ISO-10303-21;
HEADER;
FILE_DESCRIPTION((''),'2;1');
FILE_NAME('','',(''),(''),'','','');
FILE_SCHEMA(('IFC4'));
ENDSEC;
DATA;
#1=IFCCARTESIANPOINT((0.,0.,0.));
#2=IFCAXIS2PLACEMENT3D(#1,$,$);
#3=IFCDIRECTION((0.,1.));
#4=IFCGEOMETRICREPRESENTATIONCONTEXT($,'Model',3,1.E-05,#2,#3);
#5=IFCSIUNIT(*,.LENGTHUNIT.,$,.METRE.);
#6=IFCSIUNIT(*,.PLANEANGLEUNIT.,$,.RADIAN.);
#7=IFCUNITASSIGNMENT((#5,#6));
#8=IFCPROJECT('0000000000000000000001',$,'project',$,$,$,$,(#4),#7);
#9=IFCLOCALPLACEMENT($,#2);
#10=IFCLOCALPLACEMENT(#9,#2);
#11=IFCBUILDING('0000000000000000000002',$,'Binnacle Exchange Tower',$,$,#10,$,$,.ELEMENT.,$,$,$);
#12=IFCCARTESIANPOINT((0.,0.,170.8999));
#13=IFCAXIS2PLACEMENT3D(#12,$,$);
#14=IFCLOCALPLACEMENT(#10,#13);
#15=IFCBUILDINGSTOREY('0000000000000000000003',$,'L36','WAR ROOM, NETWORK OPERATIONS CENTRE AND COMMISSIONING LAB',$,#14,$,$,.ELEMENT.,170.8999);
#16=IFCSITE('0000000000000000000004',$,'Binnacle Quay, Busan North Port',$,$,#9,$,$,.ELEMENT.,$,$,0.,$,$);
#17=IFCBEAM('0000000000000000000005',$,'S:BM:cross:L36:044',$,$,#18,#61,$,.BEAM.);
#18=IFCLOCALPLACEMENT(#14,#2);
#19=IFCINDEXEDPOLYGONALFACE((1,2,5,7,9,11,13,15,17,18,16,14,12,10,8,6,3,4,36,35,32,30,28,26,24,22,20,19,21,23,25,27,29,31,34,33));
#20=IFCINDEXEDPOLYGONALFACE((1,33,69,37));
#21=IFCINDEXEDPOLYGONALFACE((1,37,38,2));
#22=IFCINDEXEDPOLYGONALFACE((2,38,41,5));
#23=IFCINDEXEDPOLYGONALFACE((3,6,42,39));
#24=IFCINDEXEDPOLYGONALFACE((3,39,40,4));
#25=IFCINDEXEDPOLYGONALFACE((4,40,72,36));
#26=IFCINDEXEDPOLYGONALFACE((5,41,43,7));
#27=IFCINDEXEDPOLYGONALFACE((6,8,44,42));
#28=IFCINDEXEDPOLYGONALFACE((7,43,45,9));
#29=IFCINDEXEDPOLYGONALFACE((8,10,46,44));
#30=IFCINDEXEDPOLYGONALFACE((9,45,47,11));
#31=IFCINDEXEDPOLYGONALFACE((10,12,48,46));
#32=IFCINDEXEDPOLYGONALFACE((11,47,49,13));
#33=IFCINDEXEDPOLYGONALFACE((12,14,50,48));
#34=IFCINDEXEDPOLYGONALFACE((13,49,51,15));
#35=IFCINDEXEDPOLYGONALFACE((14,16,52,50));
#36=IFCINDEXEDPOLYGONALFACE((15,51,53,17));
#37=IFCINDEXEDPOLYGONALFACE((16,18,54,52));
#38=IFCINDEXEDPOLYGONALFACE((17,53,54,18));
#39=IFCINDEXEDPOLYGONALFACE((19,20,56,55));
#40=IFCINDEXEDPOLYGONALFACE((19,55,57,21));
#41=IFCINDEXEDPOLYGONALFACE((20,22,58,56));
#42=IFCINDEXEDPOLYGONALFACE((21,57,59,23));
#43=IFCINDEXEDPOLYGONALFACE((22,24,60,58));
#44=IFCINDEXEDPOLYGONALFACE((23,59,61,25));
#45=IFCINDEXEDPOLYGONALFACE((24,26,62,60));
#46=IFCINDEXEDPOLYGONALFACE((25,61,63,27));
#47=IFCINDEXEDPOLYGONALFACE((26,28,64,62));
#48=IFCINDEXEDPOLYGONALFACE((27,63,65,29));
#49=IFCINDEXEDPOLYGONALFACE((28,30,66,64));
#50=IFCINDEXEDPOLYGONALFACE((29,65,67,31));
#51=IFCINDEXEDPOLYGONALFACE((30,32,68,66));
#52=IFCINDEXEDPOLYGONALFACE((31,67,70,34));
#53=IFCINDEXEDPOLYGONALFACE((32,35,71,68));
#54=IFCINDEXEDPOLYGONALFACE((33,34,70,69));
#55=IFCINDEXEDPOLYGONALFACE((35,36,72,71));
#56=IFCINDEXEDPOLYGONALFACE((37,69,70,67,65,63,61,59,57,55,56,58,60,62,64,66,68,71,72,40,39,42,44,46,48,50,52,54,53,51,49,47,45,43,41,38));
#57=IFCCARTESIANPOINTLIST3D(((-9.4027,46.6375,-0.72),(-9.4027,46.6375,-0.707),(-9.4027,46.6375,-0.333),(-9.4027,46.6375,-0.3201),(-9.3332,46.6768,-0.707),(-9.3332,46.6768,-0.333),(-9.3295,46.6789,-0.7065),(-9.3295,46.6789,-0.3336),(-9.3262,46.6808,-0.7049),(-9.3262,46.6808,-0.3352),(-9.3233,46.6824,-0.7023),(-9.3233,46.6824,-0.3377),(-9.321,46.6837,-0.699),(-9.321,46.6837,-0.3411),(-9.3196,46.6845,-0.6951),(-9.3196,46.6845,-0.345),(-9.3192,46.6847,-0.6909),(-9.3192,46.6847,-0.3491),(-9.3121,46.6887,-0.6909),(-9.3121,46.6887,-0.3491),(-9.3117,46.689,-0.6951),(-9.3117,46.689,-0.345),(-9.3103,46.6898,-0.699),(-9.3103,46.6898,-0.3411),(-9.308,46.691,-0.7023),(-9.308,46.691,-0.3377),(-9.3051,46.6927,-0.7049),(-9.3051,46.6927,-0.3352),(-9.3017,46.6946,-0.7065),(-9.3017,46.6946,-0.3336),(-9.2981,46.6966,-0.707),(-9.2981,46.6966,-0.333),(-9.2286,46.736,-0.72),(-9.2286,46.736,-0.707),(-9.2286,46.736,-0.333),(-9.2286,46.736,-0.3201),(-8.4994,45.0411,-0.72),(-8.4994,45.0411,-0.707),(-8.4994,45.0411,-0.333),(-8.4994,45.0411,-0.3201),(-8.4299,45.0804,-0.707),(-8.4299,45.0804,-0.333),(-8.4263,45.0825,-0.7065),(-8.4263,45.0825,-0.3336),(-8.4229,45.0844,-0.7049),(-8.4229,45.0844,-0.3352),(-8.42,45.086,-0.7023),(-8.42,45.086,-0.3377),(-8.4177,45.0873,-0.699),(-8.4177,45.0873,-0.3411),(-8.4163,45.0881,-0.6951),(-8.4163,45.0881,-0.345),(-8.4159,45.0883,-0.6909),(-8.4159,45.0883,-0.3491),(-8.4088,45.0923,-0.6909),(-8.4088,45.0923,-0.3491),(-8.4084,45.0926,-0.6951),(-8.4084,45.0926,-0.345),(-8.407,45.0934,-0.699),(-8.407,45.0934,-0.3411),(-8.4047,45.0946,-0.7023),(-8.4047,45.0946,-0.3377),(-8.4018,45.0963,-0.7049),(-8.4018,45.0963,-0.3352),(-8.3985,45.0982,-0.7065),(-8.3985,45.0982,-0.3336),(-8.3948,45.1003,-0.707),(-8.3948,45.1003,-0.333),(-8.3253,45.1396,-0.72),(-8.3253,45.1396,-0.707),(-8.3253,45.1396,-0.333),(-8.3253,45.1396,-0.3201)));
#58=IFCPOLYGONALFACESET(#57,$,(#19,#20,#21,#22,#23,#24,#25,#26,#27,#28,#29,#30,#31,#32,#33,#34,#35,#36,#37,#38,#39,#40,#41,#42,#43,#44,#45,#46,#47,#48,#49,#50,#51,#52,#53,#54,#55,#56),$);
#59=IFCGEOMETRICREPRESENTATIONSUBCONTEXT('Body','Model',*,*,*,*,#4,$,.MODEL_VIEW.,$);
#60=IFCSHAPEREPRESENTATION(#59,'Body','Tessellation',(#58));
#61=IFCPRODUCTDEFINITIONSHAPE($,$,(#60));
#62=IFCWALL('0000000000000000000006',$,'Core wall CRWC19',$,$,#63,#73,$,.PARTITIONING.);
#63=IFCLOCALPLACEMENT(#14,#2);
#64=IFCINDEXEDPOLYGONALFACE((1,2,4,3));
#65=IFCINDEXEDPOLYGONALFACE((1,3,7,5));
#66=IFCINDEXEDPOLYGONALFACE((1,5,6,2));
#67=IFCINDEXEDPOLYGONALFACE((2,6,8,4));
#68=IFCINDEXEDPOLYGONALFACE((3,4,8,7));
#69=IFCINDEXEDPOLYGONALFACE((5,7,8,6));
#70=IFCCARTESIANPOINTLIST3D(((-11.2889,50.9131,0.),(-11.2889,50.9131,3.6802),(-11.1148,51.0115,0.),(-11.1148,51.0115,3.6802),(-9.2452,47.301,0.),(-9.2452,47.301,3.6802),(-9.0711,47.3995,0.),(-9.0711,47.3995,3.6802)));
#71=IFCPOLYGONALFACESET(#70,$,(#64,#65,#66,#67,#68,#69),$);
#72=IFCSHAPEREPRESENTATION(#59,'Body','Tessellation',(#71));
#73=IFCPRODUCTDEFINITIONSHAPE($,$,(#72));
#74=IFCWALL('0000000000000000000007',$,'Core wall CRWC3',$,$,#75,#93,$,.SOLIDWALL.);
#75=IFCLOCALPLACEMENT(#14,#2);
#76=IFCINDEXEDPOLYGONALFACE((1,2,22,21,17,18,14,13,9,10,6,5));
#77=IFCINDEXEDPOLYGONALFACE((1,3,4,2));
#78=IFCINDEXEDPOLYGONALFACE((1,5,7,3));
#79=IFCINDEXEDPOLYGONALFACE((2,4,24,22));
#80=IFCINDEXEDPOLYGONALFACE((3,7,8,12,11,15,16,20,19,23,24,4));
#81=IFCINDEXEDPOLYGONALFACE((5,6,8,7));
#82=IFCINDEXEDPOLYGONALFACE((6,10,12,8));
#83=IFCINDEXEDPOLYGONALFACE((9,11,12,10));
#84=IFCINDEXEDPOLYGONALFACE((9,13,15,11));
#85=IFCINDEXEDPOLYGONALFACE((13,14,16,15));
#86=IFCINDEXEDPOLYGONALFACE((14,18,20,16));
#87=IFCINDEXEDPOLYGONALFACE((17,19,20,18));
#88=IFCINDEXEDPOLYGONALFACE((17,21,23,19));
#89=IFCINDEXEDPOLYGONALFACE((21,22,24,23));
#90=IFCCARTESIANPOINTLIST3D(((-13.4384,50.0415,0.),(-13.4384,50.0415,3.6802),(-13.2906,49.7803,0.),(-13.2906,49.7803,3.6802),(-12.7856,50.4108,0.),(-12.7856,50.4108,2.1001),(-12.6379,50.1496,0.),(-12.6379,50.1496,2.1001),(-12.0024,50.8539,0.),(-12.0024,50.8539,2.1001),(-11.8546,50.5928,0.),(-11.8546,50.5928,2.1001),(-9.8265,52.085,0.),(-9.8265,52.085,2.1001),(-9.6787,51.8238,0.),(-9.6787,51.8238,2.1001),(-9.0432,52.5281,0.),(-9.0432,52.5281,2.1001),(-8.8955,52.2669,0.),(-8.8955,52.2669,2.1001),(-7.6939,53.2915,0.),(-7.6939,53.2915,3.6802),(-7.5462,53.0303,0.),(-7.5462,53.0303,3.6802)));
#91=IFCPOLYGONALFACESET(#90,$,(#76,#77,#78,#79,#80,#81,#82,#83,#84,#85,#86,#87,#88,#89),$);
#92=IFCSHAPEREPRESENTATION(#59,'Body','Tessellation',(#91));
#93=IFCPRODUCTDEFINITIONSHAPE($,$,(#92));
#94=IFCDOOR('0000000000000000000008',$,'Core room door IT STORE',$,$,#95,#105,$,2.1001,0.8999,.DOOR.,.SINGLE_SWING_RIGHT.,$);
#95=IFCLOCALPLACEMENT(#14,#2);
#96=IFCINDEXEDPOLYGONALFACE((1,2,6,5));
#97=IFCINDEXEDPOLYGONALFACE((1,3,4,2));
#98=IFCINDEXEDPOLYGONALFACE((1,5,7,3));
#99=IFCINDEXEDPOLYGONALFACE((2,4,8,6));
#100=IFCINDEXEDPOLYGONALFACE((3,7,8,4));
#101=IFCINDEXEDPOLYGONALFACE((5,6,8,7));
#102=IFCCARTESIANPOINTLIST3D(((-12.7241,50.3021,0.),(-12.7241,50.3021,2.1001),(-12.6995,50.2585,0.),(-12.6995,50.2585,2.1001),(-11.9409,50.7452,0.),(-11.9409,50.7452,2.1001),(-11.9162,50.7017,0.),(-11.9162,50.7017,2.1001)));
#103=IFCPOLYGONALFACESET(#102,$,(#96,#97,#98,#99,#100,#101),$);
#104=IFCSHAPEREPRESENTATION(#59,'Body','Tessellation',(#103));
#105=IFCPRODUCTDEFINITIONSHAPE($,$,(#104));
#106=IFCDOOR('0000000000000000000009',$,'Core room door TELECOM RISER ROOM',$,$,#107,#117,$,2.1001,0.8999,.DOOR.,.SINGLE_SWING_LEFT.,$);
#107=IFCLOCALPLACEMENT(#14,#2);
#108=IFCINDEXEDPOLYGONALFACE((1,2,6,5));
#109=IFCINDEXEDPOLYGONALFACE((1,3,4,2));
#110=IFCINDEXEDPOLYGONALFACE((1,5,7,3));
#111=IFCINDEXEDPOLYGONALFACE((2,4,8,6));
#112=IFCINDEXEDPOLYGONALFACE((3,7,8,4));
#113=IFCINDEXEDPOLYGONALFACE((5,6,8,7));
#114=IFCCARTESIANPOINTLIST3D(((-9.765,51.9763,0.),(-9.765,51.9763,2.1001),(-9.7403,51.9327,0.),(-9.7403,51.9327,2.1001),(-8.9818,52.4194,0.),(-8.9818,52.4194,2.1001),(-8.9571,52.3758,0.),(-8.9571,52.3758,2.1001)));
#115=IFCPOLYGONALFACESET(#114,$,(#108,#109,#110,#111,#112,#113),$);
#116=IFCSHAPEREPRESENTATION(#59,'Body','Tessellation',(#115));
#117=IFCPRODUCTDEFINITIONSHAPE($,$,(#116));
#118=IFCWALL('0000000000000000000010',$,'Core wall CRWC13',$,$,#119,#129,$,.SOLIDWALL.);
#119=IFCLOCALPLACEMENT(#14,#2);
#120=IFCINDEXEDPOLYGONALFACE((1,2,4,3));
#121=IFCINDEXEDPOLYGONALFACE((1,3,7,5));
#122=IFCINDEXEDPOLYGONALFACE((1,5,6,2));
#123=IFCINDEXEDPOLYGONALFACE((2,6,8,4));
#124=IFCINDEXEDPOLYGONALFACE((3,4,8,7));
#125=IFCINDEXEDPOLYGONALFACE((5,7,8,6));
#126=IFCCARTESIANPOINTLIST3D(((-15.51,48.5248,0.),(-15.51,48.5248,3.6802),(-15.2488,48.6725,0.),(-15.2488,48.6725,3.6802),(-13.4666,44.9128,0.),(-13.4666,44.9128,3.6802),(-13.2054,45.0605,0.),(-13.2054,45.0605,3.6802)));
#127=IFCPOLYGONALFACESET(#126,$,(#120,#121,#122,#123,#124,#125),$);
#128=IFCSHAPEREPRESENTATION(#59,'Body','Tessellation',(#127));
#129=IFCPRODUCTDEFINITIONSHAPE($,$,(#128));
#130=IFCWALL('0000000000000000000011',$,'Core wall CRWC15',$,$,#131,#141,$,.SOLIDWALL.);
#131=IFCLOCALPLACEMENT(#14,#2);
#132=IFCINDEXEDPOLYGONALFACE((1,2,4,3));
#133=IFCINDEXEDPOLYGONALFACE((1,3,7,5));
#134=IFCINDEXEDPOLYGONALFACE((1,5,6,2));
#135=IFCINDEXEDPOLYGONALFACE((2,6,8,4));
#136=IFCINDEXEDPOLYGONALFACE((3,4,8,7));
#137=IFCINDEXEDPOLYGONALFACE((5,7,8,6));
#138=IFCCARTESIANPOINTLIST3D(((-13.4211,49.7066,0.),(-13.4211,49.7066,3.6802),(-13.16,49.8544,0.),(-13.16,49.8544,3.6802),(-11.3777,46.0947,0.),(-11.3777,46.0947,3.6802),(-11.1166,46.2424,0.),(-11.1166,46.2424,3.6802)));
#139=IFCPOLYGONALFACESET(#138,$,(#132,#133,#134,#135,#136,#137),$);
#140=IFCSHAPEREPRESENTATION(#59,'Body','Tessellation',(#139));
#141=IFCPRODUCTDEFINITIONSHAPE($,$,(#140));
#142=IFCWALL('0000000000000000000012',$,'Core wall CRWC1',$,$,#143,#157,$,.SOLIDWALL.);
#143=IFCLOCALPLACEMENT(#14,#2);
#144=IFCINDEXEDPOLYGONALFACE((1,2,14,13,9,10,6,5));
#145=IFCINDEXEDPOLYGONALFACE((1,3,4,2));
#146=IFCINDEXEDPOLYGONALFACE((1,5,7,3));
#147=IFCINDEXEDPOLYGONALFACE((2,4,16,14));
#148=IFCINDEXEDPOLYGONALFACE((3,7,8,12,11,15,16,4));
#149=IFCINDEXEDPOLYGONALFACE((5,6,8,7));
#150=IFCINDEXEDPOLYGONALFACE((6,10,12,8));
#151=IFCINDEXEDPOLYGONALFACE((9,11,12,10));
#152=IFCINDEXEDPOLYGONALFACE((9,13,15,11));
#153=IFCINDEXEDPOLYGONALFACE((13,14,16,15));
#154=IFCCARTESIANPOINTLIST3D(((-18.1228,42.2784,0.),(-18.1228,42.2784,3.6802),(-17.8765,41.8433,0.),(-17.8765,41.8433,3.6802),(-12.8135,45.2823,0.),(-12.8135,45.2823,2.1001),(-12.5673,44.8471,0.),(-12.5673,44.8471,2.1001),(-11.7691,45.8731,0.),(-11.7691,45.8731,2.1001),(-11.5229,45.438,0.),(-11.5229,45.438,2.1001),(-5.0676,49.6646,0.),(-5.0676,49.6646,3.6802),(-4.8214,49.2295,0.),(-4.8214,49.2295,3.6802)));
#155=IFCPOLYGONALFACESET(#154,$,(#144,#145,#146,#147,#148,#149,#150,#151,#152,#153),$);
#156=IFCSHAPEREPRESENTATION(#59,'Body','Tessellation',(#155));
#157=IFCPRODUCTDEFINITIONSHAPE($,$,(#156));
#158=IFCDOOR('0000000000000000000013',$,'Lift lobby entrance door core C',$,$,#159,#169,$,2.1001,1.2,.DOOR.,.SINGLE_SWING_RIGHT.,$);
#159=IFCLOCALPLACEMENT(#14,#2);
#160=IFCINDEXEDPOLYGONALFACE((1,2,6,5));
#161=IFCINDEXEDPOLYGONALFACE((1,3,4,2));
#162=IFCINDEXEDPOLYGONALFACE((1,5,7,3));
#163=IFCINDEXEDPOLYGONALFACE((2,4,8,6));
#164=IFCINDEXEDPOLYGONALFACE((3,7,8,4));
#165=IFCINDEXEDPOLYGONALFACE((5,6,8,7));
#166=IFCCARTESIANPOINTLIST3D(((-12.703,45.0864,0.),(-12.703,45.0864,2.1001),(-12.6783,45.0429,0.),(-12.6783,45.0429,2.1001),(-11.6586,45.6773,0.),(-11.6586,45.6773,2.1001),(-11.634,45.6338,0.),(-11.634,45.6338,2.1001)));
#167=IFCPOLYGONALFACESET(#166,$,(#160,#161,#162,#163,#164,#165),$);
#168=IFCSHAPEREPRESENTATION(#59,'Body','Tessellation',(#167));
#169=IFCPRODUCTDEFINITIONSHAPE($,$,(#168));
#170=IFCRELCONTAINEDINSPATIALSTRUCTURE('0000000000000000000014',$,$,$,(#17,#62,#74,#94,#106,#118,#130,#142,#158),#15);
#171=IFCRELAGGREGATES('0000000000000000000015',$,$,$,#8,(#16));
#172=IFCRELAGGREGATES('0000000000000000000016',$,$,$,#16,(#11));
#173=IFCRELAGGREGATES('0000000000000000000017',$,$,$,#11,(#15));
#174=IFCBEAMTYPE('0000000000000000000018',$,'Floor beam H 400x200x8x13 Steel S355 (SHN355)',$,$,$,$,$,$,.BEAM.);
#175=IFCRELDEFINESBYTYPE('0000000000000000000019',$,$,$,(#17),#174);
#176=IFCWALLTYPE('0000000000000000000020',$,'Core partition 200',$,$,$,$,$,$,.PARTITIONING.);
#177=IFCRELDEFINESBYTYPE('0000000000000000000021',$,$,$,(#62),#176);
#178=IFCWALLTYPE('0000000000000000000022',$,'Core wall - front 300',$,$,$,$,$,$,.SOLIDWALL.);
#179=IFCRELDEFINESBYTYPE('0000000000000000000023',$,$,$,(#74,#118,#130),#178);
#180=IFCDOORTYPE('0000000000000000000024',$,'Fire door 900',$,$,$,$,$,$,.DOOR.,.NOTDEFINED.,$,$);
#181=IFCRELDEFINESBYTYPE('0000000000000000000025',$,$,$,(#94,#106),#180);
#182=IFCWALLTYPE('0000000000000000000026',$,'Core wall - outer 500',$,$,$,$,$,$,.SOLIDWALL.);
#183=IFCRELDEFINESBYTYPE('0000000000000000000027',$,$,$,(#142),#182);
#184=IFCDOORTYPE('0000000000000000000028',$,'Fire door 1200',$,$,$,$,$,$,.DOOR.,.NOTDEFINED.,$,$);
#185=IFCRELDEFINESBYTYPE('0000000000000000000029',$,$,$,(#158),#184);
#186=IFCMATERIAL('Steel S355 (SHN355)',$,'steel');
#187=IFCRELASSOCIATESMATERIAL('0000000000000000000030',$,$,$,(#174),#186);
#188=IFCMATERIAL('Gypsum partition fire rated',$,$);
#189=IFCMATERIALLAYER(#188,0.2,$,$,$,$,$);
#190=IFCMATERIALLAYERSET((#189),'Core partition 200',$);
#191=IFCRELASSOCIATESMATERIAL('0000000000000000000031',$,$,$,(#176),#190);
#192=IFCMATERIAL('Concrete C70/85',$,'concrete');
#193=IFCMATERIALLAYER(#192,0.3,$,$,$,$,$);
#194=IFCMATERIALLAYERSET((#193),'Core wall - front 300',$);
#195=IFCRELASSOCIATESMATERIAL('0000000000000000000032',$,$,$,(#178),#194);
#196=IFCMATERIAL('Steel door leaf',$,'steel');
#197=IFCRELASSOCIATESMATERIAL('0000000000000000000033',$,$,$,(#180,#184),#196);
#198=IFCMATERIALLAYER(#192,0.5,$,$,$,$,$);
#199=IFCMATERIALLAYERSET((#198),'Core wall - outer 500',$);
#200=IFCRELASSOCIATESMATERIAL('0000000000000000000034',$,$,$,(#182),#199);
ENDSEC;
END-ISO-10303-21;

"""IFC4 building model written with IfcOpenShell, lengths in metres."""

from ifc_helpers import new_model, si_unit, direction, frame, frame_2d, origin, origin_2d, place, context, subcontext, project, spatial, rectangle, i_section, extrude, material, layer, layer_set, material_profile, profile_set, type_object, element, fill, save


model = new_model("IFC4")

# Units and contexts
model_context = context("Model", 3, precision=1e-05, world=origin(), true_north=direction((0.0, 1.0)))
body_context = subcontext(model_context, "Body", "Model", "MODEL_VIEW")
ifc_project = project(units=[si_unit("LENGTHUNIT", "METRE"), si_unit("PLANEANGLEUNIT", "RADIAN")], contexts=[model_context])

# Site, building, storey
site_placement = place(None, origin())
site = spatial("IfcSite", under=ifc_project, at=site_placement, Name="Binnacle Quay, Busan North Port", CompositionType="ELEMENT", RefElevation=0.0)
building_placement = place(site_placement, origin())
building = spatial("IfcBuilding", under=site, at=building_placement, Name="Binnacle Exchange Tower", CompositionType="ELEMENT")
storey_placement = place(building_placement, frame((0.0, 0.0, 170.8999)))
storey = spatial("IfcBuildingStorey", under=building, at=storey_placement, Name="L36", Description="WAR ROOM, NETWORK OPERATIONS CENTRE AND COMMISSIONING LAB", CompositionType="ELEMENT", Elevation=170.8999)

# Beam
ifc_material_1 = material(Name="Steel S355 (SHN355)", Category="steel")
ifc_material_profile = material_profile(ifc_material_1, i_section(OverallWidth=0.2, OverallDepth=0.3999, WebThickness=0.0081, FlangeThickness=0.0129, FilletRadius=0.0161, at=origin_2d()), Name="H 400x200x8x13")
ifc_profile_set = profile_set([ifc_material_profile], Name="Steel S355 (SHN355)")
beam_type = type_object("IfcBeamType", Name="Floor beam H 400x200x8x13 Steel S355 (SHN355)", PredefinedType="BEAM", material=ifc_profile_set)
beam_placement = place(storey_placement, frame((-8.4124, 45.0903, -0.52), z_axis=(-0.492465, 0.870332, 0.0), x_axis=(-0.870332, -0.492465, 0.0)))
element("IfcBeam", 1, at=beam_placement, inside=storey, type_object=beam_type, Name="S:BM:cross:L36:044", PredefinedType="BEAM", context=body_context, shape_type="SweptSolid", body=[
    extrude(i_section(OverallWidth=0.2, OverallDepth=0.3999, WebThickness=0.0081, FlangeThickness=0.0129, FilletRadius=0.0161, at=origin_2d()), origin(), (0.0, 0.0, 1.0), 1.8342),
])

# Wall
ifc_material_2 = material(Name="Gypsum partition fire rated")
ifc_layer_1 = layer(ifc_material_2, 0.2)
ifc_layer_set_1 = layer_set([ifc_layer_1], Name="Core partition 200")
wall_type_1 = type_object("IfcWallType", Name="Core partition 200", PredefinedType="PARTITIONING", material=ifc_layer_set_1)
wall_1_placement = place(storey_placement, frame((-11.2019, 50.9624, 0.0), z_axis=(0.0, 0.0, 1.0), x_axis=(0.492441, -0.870346, 0.0)))
element("IfcWall", 2, at=wall_1_placement, inside=storey, type_object=wall_type_1, Name="Core wall CRWC19", PredefinedType="PARTITIONING", context=body_context, shape_type="SweptSolid", body=[
    extrude(rectangle(XDim=4.1501, YDim=0.2, at=frame_2d((2.0752, 0.0))), origin(), (0.0, 0.0, 1.0), 3.6802),
])

# Wall, openings, doors
ifc_material_3 = material(Name="Concrete C70/85", Category="concrete")
ifc_layer_2 = layer(ifc_material_3, 0.3)
ifc_layer_set_2 = layer_set([ifc_layer_2], Name="Core wall - front 300")
wall_type_2 = type_object("IfcWallType", Name="Core wall - front 300", PredefinedType="SOLIDWALL", material=ifc_layer_set_2)
wall_2_placement = place(storey_placement, frame((-13.3645, 49.9109, 0.0), z_axis=(0.0, 0.0, 1.0), x_axis=(0.870357, 0.492422, 0.0)))
wall_2 = element("IfcWall", 3, at=wall_2_placement, inside=storey, type_object=wall_type_2, Name="Core wall CRWC3", PredefinedType="SOLIDWALL", context=body_context, shape_type="SweptSolid", body=[
    extrude(rectangle(XDim=6.6001, YDim=0.3, at=frame_2d((3.3, 0.0))), origin(), (0.0, 0.0, 1.0), 3.6802),
])
opening_1_placement = place(wall_2_placement, frame((0.75, 0.0, 0.0)))
opening_1 = element("IfcOpeningElement", 4, at=opening_1_placement, cuts=wall_2, PredefinedType="OPENING", context=body_context, shape_type="SweptSolid", body=[
    extrude(rectangle(XDim=0.8999, YDim=2.1001, at=frame_2d((0.45, 1.05))), frame((0.0, 0.1599, 0.0), z_axis=(0.0, -1.0, 0.0), x_axis=(1.0, 0.0, 0.0)), (0.0, 0.0, 1.0), 0.3201),
])
opening_2_placement = place(wall_2_placement, frame((4.1499, 0.0, 0.0)))
opening_2 = element("IfcOpeningElement", 5, at=opening_2_placement, cuts=wall_2, PredefinedType="OPENING", context=body_context, shape_type="SweptSolid", body=[
    extrude(rectangle(XDim=0.8999, YDim=2.1001, at=frame_2d((0.45, 1.05))), frame((0.0, 0.1599, 0.0), z_axis=(0.0, -1.0, 0.0), x_axis=(1.0, 0.0, 0.0)), (0.0, 0.0, 1.0), 0.3201),
])
ifc_material_4 = material(Name="Steel door leaf", Category="steel")
door_type_1 = type_object("IfcDoorType", Name="Fire door 900", OperationType="NOTDEFINED", PredefinedType="DOOR", material=ifc_material_4)
door_1_placement = place(opening_1_placement, frame((0.8999, 0.0, 0.0), z_axis=(0.0, 0.0, 1.0), x_axis=(-1.0, 0.0, 0.0)))
door_1 = element("IfcDoor", 6, at=door_1_placement, inside=storey, type_object=door_type_1, Name="Core room door IT STORE", OperationType="SINGLE_SWING_RIGHT", OverallHeight=2.1001, OverallWidth=0.8999, PredefinedType="DOOR", context=body_context, shape_type="SweptSolid", body=[
    extrude(rectangle(XDim=0.8999, YDim=2.1001, at=frame_2d((0.45, 1.05))), frame((0.0, 0.0249, 0.0), z_axis=(0.0, -1.0, 0.0), x_axis=(1.0, 0.0, 0.0)), (0.0, 0.0, 1.0), 0.05),
])
fill(opening_1, door_1)
door_2_placement = place(opening_2_placement, frame((0.8999, 0.0, 0.0), z_axis=(0.0, 0.0, 1.0), x_axis=(-1.0, 0.0, 0.0)))
door_2 = element("IfcDoor", 7, at=door_2_placement, inside=storey, type_object=door_type_1, Name="Core room door TELECOM RISER ROOM", OperationType="SINGLE_SWING_LEFT", OverallHeight=2.1001, OverallWidth=0.8999, PredefinedType="DOOR", context=body_context, shape_type="SweptSolid", body=[
    extrude(rectangle(XDim=0.8999, YDim=2.1001, at=frame_2d((0.45, 1.05))), frame((0.0, 0.0249, 0.0), z_axis=(0.0, -1.0, 0.0), x_axis=(1.0, 0.0, 0.0)), (0.0, 0.0, 1.0), 0.05),
])
fill(opening_2, door_2)

# Walls
for number, where, z_axis, x_axis, name in (
    (8, (-15.3794, 48.5986, 0.0), (0.0, 0.0, 1.0), (0.492396, -0.870371, 0.0), "Core wall CRWC13"),
    (9, (-13.2905, 49.7805, 0.0), (0.0, 0.0, 1.0), (0.492396, -0.870371, 0.0), "Core wall CRWC15"),
):
    element("IfcWall", number, at=place(storey_placement, frame(where, z_axis=z_axis, x_axis=x_axis)), inside=storey, type_object=wall_type_2, Name=name, PredefinedType="SOLIDWALL", context=body_context, shape_type="SweptSolid", body=[
        extrude(rectangle(XDim=4.1499, YDim=0.3, at=frame_2d((2.075, 0.0))), origin(), (0.0, 0.0, 1.0), 3.6802),
    ])

# Wall, opening, door
ifc_layer_3 = layer(ifc_material_3, 0.5)
ifc_layer_set_3 = layer_set([ifc_layer_3], Name="Core wall - outer 500")
wall_type_3 = type_object("IfcWallType", Name="Core wall - outer 500", PredefinedType="SOLIDWALL", material=ifc_layer_set_3)
wall_3_placement = place(storey_placement, frame((-17.9998, 42.0608, 0.0), z_axis=(0.0, 0.0, 1.0), x_axis=(0.870357, 0.492422, 0.0)))
wall_3 = element("IfcWall", 10, at=wall_3_placement, inside=storey, type_object=wall_type_3, Name="Core wall CRWC1", PredefinedType="SOLIDWALL", context=body_context, shape_type="SweptSolid", body=[
    extrude(rectangle(XDim=14.9998, YDim=0.5, at=frame_2d((7.5, 0.0))), origin(), (0.0, 0.0, 1.0), 3.6802),
])
opening_3_placement = place(wall_3_placement, frame((6.1001, 0.0, 0.0)))
opening_3 = element("IfcOpeningElement", 11, at=opening_3_placement, cuts=wall_3, PredefinedType="OPENING", context=body_context, shape_type="SweptSolid", body=[
    extrude(rectangle(XDim=1.2, YDim=2.1001, at=frame_2d((0.6001, 1.05))), frame((0.0, 0.26, 0.0), z_axis=(0.0, -1.0, 0.0), x_axis=(1.0, 0.0, 0.0)), (0.0, 0.0, 1.0), 0.52),
])
door_type_2 = type_object("IfcDoorType", Name="Fire door 1200", OperationType="NOTDEFINED", PredefinedType="DOOR", material=ifc_material_4)
door_3_placement = place(opening_3_placement, frame((1.2, 0.0, 0.0), z_axis=(0.0, 0.0, 1.0), x_axis=(-1.0, 0.0, 0.0)))
door_3 = element("IfcDoor", 12, at=door_3_placement, inside=storey, type_object=door_type_2, Name="Lift lobby entrance door core C", OperationType="SINGLE_SWING_RIGHT", OverallHeight=2.1001, OverallWidth=1.2, PredefinedType="DOOR", context=body_context, shape_type="SweptSolid", body=[
    extrude(rectangle(XDim=1.2, YDim=2.1001, at=frame_2d((0.6001, 1.05))), frame((0.0, 0.0249, 0.0), z_axis=(0.0, -1.0, 0.0), x_axis=(1.0, 0.0, 0.0)), (0.0, 0.0, 1.0), 0.05),
])
fill(opening_3, door_3)

save(model, "model.ifc")
